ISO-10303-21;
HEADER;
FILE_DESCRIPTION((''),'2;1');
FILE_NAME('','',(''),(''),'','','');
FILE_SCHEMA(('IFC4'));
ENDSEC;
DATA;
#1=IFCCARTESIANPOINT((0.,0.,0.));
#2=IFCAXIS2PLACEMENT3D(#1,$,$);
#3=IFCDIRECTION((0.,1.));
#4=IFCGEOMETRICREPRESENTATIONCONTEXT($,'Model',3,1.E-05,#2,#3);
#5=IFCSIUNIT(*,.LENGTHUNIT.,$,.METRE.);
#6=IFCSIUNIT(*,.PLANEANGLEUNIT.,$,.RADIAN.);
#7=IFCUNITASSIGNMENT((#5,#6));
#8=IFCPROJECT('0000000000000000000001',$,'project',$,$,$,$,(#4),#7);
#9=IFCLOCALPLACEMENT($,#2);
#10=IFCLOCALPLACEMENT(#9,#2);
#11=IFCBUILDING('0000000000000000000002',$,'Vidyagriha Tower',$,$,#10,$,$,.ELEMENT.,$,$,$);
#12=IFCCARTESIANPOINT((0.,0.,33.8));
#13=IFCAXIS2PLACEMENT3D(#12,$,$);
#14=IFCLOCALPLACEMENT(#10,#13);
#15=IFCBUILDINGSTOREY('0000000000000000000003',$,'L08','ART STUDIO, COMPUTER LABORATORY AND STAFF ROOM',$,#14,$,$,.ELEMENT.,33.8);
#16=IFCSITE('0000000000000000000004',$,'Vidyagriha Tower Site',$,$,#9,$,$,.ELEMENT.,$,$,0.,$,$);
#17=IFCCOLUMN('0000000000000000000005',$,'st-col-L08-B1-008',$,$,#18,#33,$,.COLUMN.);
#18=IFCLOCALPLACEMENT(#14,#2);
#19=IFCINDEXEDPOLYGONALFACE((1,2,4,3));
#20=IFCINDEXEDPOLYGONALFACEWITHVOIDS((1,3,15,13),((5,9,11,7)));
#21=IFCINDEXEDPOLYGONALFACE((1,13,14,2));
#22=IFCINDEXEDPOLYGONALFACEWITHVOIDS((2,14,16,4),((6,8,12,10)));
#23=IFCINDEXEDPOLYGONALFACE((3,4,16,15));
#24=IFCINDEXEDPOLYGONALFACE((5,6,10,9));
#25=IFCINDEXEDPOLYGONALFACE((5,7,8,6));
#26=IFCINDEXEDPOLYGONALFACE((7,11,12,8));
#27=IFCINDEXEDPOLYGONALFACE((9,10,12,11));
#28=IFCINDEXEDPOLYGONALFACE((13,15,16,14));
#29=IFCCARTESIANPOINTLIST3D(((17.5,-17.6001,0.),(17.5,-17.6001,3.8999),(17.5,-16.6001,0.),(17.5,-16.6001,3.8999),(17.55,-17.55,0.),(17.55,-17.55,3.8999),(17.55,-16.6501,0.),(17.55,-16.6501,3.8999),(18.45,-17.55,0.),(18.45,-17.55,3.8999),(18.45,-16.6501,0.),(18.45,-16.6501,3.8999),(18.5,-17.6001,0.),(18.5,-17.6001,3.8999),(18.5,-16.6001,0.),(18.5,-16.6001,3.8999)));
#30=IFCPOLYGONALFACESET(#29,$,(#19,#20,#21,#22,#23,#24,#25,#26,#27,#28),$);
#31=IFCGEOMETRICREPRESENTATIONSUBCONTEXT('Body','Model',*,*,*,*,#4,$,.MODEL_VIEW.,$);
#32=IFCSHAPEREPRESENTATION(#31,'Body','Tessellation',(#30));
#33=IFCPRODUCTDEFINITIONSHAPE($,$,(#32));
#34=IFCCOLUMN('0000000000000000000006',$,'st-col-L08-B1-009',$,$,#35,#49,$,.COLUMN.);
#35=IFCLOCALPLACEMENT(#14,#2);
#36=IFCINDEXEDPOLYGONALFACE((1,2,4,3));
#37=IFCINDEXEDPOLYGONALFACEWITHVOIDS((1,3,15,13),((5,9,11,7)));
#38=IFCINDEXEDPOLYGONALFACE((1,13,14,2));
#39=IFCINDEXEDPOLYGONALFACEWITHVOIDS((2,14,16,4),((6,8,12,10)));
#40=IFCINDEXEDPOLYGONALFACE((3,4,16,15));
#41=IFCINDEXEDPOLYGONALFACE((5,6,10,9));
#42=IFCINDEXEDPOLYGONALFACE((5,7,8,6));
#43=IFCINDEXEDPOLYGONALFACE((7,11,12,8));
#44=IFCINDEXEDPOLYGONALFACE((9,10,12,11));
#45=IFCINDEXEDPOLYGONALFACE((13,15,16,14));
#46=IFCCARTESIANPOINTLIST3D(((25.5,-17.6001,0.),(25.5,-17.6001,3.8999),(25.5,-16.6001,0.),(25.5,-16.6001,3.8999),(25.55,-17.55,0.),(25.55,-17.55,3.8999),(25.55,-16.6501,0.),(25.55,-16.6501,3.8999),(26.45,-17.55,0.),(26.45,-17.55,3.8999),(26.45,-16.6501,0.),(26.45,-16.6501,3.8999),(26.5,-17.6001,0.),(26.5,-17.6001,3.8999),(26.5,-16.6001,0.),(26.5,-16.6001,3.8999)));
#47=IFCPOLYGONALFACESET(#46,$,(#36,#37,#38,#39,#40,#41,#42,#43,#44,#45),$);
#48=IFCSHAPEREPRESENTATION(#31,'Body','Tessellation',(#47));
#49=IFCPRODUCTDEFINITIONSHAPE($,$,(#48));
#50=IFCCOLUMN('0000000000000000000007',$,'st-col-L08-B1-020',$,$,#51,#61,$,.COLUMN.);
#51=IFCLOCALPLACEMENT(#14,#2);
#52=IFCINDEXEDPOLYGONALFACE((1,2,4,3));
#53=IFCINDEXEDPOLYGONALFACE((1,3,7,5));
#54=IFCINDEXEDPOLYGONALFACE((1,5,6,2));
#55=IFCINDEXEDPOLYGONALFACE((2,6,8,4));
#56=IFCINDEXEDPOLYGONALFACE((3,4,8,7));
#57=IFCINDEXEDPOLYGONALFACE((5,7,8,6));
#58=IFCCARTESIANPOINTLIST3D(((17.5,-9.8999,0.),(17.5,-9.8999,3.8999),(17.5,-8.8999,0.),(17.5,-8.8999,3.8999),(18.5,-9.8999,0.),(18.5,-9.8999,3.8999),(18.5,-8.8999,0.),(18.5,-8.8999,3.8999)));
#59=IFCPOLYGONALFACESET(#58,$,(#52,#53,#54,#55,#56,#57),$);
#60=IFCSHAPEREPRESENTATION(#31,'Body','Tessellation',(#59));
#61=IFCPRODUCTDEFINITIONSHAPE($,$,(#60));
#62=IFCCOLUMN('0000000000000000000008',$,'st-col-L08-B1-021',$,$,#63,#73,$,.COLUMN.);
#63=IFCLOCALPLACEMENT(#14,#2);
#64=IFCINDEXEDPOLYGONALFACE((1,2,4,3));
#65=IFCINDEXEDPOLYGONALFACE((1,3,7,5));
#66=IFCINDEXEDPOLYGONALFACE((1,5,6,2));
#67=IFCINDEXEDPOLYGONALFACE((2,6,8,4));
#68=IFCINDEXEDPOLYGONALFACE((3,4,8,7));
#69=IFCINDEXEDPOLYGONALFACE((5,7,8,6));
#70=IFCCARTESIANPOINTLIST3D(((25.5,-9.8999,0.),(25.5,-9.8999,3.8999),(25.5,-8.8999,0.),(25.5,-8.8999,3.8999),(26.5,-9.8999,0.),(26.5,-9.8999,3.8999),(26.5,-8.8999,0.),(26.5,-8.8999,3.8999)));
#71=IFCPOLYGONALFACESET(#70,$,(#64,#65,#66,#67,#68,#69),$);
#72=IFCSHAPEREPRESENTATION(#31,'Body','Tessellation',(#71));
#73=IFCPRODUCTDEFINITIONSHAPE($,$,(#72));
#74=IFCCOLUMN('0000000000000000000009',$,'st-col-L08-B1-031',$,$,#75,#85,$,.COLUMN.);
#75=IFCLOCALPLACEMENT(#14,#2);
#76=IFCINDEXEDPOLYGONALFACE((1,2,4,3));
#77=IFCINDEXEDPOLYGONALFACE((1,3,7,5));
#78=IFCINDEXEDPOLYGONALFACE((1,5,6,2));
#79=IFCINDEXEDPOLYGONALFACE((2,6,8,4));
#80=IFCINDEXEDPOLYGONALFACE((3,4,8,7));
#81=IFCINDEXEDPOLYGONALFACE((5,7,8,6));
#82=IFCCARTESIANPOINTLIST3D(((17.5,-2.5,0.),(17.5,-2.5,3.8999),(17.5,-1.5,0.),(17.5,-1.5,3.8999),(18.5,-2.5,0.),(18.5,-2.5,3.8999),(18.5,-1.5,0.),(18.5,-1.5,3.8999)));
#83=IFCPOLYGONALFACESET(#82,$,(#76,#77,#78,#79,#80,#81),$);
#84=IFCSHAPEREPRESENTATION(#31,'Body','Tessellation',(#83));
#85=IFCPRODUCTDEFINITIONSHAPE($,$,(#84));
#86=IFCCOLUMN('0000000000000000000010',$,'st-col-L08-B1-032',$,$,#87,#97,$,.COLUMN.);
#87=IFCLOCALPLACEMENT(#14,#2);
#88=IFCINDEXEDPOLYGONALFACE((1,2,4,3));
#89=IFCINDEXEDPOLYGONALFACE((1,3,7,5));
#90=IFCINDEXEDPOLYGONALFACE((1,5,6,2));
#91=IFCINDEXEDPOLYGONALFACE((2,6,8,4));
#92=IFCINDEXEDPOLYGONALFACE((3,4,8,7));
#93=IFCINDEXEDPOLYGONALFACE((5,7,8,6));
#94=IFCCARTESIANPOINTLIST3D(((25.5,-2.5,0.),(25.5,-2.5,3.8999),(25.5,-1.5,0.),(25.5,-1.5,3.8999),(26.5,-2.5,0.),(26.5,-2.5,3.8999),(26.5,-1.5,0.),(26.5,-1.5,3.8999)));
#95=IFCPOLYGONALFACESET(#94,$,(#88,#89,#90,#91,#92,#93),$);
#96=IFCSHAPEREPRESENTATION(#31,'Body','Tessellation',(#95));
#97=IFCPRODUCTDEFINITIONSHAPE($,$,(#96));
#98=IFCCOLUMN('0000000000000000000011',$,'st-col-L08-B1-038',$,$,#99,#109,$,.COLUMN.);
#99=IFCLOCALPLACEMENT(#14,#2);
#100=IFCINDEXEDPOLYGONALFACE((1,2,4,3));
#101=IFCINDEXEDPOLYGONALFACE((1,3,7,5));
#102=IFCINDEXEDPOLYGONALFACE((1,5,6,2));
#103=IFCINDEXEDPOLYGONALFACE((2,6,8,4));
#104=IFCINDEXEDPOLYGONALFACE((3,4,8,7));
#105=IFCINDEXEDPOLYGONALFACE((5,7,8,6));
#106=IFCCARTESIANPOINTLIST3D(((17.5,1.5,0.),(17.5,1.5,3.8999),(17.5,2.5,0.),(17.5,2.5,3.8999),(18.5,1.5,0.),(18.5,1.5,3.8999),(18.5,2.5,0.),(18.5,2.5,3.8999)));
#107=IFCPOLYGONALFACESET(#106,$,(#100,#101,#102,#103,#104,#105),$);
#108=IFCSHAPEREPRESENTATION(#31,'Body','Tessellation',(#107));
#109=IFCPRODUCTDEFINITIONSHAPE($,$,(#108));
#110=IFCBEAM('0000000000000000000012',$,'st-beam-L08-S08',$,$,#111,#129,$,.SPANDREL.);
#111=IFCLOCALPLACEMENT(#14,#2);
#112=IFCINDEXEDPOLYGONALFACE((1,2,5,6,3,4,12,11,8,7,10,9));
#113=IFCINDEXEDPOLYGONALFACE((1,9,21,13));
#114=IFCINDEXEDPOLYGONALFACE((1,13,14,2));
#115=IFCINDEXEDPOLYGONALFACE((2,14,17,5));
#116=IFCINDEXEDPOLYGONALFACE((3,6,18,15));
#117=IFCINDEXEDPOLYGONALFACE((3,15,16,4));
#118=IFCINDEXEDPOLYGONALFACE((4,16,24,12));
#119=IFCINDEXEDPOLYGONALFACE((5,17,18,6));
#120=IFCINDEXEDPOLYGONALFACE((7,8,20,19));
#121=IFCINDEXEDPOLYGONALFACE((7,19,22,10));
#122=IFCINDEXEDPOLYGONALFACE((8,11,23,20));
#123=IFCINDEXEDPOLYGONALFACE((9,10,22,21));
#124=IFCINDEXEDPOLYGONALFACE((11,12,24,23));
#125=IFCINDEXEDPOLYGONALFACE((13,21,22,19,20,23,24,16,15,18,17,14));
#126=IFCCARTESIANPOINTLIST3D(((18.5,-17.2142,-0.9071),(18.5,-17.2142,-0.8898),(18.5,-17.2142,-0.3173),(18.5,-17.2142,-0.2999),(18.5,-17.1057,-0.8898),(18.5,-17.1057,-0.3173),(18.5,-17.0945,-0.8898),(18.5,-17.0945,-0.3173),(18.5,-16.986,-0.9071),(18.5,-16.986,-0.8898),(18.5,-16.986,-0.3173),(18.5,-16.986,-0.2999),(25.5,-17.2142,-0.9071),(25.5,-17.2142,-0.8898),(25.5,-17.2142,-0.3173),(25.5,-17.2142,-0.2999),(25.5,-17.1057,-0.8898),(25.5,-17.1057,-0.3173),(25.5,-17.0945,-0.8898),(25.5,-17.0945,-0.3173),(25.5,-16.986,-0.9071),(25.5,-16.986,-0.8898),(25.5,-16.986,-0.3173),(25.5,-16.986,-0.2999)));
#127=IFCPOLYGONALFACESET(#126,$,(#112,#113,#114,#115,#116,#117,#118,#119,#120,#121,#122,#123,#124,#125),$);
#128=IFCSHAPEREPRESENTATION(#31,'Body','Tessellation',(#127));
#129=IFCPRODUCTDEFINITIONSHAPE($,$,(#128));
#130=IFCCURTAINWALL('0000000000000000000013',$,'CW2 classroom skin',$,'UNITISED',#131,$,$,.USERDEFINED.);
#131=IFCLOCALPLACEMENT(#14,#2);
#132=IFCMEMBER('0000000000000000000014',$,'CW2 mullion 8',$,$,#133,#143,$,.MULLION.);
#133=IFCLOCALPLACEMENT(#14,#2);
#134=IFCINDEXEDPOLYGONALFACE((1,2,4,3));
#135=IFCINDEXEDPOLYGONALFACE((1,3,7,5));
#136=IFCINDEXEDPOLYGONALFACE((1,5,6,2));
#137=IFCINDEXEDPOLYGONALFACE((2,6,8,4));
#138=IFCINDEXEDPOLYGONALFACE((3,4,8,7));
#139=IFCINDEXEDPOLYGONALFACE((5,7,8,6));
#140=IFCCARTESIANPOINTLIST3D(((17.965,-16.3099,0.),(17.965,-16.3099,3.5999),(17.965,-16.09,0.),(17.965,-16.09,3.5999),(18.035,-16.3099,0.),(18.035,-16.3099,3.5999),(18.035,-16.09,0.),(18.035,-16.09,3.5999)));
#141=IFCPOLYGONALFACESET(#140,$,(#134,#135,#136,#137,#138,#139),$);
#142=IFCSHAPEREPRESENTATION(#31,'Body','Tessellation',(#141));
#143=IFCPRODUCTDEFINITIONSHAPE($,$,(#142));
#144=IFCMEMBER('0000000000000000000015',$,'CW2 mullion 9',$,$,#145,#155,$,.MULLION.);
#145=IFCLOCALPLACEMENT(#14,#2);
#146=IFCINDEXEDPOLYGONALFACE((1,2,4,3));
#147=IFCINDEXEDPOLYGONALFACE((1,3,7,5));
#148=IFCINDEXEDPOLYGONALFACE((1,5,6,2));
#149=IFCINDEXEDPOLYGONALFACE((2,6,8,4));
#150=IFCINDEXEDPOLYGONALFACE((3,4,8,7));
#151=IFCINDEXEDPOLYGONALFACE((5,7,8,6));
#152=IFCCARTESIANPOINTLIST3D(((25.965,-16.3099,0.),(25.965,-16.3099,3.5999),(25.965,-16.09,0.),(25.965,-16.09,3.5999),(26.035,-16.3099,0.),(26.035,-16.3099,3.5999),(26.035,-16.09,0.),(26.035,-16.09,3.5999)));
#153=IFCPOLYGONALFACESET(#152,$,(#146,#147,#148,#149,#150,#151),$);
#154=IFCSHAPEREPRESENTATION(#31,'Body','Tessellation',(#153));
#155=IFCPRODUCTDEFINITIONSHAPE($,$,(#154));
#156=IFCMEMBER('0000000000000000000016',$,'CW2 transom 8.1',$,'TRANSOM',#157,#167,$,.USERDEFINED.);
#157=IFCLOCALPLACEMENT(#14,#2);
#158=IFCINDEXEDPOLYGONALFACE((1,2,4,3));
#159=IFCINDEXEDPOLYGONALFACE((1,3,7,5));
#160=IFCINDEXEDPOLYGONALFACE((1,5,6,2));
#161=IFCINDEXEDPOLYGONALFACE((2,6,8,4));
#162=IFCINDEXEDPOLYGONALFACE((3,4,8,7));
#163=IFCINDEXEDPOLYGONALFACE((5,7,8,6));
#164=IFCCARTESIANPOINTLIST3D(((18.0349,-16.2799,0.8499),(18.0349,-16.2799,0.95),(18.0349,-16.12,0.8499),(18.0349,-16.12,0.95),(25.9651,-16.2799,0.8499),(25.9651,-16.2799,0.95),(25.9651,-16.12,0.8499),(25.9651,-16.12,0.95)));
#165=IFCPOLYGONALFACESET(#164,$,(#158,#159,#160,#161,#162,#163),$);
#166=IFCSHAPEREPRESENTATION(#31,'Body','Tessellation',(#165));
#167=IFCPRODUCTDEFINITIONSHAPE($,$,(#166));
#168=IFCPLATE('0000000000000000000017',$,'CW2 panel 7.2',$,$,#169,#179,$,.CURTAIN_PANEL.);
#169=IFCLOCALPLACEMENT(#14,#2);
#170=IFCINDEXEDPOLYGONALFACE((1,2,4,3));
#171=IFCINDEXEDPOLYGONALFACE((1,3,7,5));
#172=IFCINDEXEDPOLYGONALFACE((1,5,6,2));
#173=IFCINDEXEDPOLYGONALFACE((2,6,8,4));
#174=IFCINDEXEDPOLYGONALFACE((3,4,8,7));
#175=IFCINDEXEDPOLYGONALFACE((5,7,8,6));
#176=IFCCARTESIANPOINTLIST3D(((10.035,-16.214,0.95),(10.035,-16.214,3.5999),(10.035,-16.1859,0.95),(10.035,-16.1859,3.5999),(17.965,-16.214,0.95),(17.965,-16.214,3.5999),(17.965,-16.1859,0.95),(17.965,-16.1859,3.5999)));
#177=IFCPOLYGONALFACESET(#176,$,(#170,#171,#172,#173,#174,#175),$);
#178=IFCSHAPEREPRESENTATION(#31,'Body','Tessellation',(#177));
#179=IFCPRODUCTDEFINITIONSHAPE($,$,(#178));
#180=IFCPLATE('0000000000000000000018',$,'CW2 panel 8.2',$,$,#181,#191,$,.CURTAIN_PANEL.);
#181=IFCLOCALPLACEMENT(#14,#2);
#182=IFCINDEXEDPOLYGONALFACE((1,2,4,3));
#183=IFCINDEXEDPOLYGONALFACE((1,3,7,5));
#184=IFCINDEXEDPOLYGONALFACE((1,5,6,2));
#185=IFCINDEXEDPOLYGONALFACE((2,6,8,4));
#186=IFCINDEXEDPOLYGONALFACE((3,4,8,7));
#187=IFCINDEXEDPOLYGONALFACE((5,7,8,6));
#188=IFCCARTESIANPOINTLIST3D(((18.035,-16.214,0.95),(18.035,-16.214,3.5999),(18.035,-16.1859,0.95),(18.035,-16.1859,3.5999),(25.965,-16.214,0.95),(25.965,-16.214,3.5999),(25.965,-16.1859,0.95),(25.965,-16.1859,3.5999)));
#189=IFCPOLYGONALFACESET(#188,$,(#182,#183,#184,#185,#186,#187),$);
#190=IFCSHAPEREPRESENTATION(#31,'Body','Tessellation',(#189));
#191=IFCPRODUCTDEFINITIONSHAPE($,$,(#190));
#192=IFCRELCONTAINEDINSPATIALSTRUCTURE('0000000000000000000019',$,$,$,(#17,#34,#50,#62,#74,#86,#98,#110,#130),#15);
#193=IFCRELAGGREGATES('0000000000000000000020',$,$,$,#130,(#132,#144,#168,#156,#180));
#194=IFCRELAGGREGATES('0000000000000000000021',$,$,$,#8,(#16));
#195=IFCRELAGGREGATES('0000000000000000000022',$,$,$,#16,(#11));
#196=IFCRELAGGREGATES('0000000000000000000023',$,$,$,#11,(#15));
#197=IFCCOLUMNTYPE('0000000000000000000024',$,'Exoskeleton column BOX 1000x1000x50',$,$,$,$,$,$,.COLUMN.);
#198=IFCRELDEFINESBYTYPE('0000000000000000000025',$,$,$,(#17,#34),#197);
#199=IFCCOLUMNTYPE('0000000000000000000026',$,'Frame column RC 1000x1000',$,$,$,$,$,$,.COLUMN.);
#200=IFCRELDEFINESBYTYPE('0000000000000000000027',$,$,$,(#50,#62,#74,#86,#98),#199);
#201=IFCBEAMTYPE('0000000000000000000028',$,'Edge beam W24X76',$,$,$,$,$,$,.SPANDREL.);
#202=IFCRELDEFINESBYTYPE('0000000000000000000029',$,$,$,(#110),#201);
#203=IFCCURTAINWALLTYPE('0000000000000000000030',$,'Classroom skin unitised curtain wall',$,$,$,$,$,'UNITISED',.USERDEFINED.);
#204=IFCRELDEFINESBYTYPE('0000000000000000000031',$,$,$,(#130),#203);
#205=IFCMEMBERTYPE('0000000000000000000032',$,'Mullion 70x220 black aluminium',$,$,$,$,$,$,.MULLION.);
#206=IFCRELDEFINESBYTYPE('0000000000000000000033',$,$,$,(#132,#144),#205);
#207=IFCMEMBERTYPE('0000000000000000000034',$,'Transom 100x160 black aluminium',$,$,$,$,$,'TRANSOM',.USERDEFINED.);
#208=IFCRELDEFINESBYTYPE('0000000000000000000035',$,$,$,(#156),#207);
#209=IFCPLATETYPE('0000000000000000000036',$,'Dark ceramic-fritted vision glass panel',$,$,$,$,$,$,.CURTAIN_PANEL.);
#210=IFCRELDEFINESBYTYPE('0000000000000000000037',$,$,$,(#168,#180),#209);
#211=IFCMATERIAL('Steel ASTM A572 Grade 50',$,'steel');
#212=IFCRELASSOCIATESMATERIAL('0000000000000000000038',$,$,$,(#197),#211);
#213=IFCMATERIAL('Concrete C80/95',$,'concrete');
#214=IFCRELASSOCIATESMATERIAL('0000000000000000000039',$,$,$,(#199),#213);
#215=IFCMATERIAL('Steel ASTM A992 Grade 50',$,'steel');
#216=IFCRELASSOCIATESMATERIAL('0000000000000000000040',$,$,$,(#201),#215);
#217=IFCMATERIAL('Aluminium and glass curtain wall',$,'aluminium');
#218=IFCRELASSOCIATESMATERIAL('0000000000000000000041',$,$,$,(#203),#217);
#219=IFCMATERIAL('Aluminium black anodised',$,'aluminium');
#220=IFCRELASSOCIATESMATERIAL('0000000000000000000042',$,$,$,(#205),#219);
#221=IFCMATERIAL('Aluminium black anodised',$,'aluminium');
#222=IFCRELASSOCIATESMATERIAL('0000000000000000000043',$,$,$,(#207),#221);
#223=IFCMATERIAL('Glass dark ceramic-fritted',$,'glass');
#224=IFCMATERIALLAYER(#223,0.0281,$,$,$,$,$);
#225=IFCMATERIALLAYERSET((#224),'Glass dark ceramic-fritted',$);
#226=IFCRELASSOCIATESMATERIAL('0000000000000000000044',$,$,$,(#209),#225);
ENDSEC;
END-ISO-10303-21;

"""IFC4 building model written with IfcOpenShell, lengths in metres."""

from ifc_helpers import new_model, si_unit, direction, frame, origin, origin_2d, place, context, subcontext, project, spatial, rectangle, hollow_rectangle, i_section, extrude, material, layer, layer_set, material_profile, profile_set, type_object, element, aggregate, save


model = new_model("IFC4")

# Units and contexts
model_context = context("Model", 3, precision=1e-05, world=origin(), true_north=direction((0.0, 1.0)))
body_context = subcontext(model_context, "Body", "Model", "MODEL_VIEW")
ifc_project = project(units=[si_unit("LENGTHUNIT", "METRE"), si_unit("PLANEANGLEUNIT", "RADIAN")], contexts=[model_context])

# Site, building, storey
site_placement = place(None, origin())
site = spatial("IfcSite", under=ifc_project, at=site_placement, Name="Vidyagriha Tower Site", CompositionType="ELEMENT", RefElevation=0.0)
building_placement = place(site_placement, origin())
building = spatial("IfcBuilding", under=site, at=building_placement, Name="Vidyagriha Tower", CompositionType="ELEMENT")
storey_placement = place(building_placement, frame((0.0, 0.0, 33.8)))
storey = spatial("IfcBuildingStorey", under=building, at=storey_placement, Name="L08", Description="ART STUDIO, COMPUTER LABORATORY AND STAFF ROOM", CompositionType="ELEMENT", Elevation=33.8)

# Columns
ifc_material_1 = material(Name="Steel ASTM A572 Grade 50", Category="steel")
ifc_material_profile_1 = material_profile(ifc_material_1, hollow_rectangle(XDim=1.0, YDim=1.0, WallThickness=0.05, at=origin_2d()), Name="BOX 1000x1000x50")
ifc_profile_set_1 = profile_set([ifc_material_profile_1], Name="Steel ASTM A572 Grade 50")
column_type_1 = type_object("IfcColumnType", Name="Exoskeleton column BOX 1000x1000x50", PredefinedType="COLUMN", material=ifc_profile_set_1)
for number, where, name in (
    (1, (18.0, -17.1001, 0.0), "st-col-L08-B1-008"),
    (2, (26.0, -17.1001, 0.0), "st-col-L08-B1-009"),
):
    element("IfcColumn", number, at=place(storey_placement, frame(where)), inside=storey, type_object=column_type_1, Name=name, PredefinedType="COLUMN", context=body_context, shape_type="SweptSolid", body=[
        extrude(hollow_rectangle(XDim=1.0, YDim=1.0, WallThickness=0.05, at=origin_2d()), origin(), (0.0, 0.0, 1.0), 3.8999),
    ])
ifc_material_2 = material(Name="Concrete C80/95", Category="concrete")
ifc_material_profile_2 = material_profile(ifc_material_2, rectangle(XDim=1.0, YDim=1.0, at=origin_2d()), Name="RC 1000x1000")
ifc_profile_set_2 = profile_set([ifc_material_profile_2], Name="Concrete C80/95")
column_type_2 = type_object("IfcColumnType", Name="Frame column RC 1000x1000", PredefinedType="COLUMN", material=ifc_profile_set_2)
for number, where, name in (
    (3, (18.0, -9.3999, 0.0), "st-col-L08-B1-020"),
    (4, (26.0, -9.3999, 0.0), "st-col-L08-B1-021"),
    (5, (18.0, -2.0, 0.0), "st-col-L08-B1-031"),
    (6, (26.0, -2.0, 0.0), "st-col-L08-B1-032"),
    (7, (18.0, 2.0, 0.0), "st-col-L08-B1-038"),
):
    element("IfcColumn", number, at=place(storey_placement, frame(where)), inside=storey, type_object=column_type_2, Name=name, PredefinedType="COLUMN", context=body_context, shape_type="SweptSolid", body=[
        extrude(rectangle(XDim=1.0, YDim=1.0, at=origin_2d()), origin(), (0.0, 0.0, 1.0), 3.8999),
    ])

# Beam
ifc_material_3 = material(Name="Steel ASTM A992 Grade 50", Category="steel")
ifc_material_profile_3 = material_profile(ifc_material_3, i_section(OverallWidth=0.2283, OverallDepth=0.6072, WebThickness=0.0112, FlangeThickness=0.0173, at=origin_2d()), Name="W24X76")
ifc_profile_set_3 = profile_set([ifc_material_profile_3], Name="Steel ASTM A992 Grade 50")
beam_type = type_object("IfcBeamType", Name="Edge beam W24X76", PredefinedType="SPANDREL", material=ifc_profile_set_3)
beam_placement = place(storey_placement, frame((18.5, -17.1001, -0.6035), z_axis=(1.0, 0.0, 0.0), x_axis=(0.0, 1.0, 0.0)))
element("IfcBeam", 8, at=beam_placement, inside=storey, type_object=beam_type, Name="st-beam-L08-S08", PredefinedType="SPANDREL", context=body_context, shape_type="SweptSolid", body=[
    extrude(i_section(OverallWidth=0.2283, OverallDepth=0.6072, WebThickness=0.0112, FlangeThickness=0.0173, at=origin_2d()), origin(), (0.0, 0.0, 1.0), 7.0),
])

# Curtain wall, members, plates
ifc_material_4 = material(Name="Aluminium and glass curtain wall", Category="aluminium")
curtain_wall_type = type_object("IfcCurtainWallType", Name="Classroom skin unitised curtain wall", ElementType="UNITISED", PredefinedType="USERDEFINED", material=ifc_material_4)
curtain_wall_placement = place(storey_placement, origin())
curtain_wall = element("IfcCurtainWall", 9, at=curtain_wall_placement, inside=storey, type_object=curtain_wall_type, Name="CW2 classroom skin", ObjectType="UNITISED", PredefinedType="USERDEFINED")
ifc_material_5 = material(Name="Aluminium black anodised", Category="aluminium")
ifc_material_profile_4 = material_profile(ifc_material_5, rectangle(XDim=0.22, YDim=0.0701, at=origin_2d()), Name="Mullion 70x220 black aluminium")
ifc_profile_set_4 = profile_set([ifc_material_profile_4], Name="Aluminium black anodised")
member_type_1 = type_object("IfcMemberType", Name="Mullion 70x220 black aluminium", PredefinedType="MULLION", material=ifc_profile_set_4)
member_1_placement = place(storey_placement, frame((18.0, -16.2, 0.0), z_axis=(0.0, 0.0, 1.0), x_axis=(0.0, 1.0, 0.0)))
member_1 = element("IfcMember", 10, at=member_1_placement, type_object=member_type_1, Name="CW2 mullion 8", PredefinedType="MULLION", context=body_context, shape_type="SweptSolid", body=[
    extrude(rectangle(XDim=0.22, YDim=0.0701, at=origin_2d()), origin(), (0.0, 0.0, 1.0), 3.5999),
])
member_2_placement = place(storey_placement, frame((26.0, -16.2, 0.0), z_axis=(0.0, 0.0, 1.0), x_axis=(0.0, 1.0, 0.0)))
member_2 = element("IfcMember", 11, at=member_2_placement, type_object=member_type_1, Name="CW2 mullion 9", PredefinedType="MULLION", context=body_context, shape_type="SweptSolid", body=[
    extrude(rectangle(XDim=0.22, YDim=0.0701, at=origin_2d()), origin(), (0.0, 0.0, 1.0), 3.5999),
])
ifc_material_6 = material(Name="Aluminium black anodised", Category="aluminium")
ifc_material_profile_5 = material_profile(ifc_material_6, rectangle(XDim=0.1599, YDim=0.1001, at=origin_2d()), Name="Transom 100x160 black aluminium")
ifc_profile_set_5 = profile_set([ifc_material_profile_5], Name="Aluminium black anodised")
member_type_2 = type_object("IfcMemberType", Name="Transom 100x160 black aluminium", ElementType="TRANSOM", PredefinedType="USERDEFINED", material=ifc_profile_set_5)
member_3_placement = place(storey_placement, frame((18.0349, -16.2, 0.8999), z_axis=(1.0, 0.0, 0.0), x_axis=(0.0, 1.0, 0.0)))
member_3 = element("IfcMember", 12, at=member_3_placement, type_object=member_type_2, Name="CW2 transom 8.1", ObjectType="TRANSOM", PredefinedType="USERDEFINED", context=body_context, shape_type="SweptSolid", body=[
    extrude(rectangle(XDim=0.1599, YDim=0.1001, at=origin_2d()), origin(), (0.0, 0.0, 1.0), 7.9302),
])
ifc_material_7 = material(Name="Glass dark ceramic-fritted", Category="glass")
ifc_layer_1 = layer(ifc_material_7, 0.0281)
ifc_layer_set_1 = layer_set([ifc_layer_1], Name="Glass dark ceramic-fritted")
plate_type_1 = type_object("IfcPlateType", Name="Dark ceramic-fritted vision glass panel", PredefinedType="CURTAIN_PANEL", material=ifc_layer_set_1)
plate_1_placement = place(storey_placement, frame((14.0, -16.2, 0.95)))
plate_1 = element("IfcPlate", 13, at=plate_1_placement, type_object=plate_type_1, Name="CW2 panel 7.2", PredefinedType="CURTAIN_PANEL", context=body_context, shape_type="SweptSolid", body=[
    extrude(rectangle(XDim=7.9299, YDim=0.0281, at=origin_2d()), origin(), (0.0, 0.0, 1.0), 2.6499),
])
plate_2_placement = place(storey_placement, frame((22.0, -16.2, 0.95)))
plate_2 = element("IfcPlate", 14, at=plate_2_placement, type_object=plate_type_1, Name="CW2 panel 8.2", PredefinedType="CURTAIN_PANEL", context=body_context, shape_type="SweptSolid", body=[
    extrude(rectangle(XDim=7.9299, YDim=0.0281, at=origin_2d()), origin(), (0.0, 0.0, 1.0), 2.6499),
])
aggregate(curtain_wall, [member_1, member_2, plate_1, member_3, plate_2])

save(model, "model.ifc")
